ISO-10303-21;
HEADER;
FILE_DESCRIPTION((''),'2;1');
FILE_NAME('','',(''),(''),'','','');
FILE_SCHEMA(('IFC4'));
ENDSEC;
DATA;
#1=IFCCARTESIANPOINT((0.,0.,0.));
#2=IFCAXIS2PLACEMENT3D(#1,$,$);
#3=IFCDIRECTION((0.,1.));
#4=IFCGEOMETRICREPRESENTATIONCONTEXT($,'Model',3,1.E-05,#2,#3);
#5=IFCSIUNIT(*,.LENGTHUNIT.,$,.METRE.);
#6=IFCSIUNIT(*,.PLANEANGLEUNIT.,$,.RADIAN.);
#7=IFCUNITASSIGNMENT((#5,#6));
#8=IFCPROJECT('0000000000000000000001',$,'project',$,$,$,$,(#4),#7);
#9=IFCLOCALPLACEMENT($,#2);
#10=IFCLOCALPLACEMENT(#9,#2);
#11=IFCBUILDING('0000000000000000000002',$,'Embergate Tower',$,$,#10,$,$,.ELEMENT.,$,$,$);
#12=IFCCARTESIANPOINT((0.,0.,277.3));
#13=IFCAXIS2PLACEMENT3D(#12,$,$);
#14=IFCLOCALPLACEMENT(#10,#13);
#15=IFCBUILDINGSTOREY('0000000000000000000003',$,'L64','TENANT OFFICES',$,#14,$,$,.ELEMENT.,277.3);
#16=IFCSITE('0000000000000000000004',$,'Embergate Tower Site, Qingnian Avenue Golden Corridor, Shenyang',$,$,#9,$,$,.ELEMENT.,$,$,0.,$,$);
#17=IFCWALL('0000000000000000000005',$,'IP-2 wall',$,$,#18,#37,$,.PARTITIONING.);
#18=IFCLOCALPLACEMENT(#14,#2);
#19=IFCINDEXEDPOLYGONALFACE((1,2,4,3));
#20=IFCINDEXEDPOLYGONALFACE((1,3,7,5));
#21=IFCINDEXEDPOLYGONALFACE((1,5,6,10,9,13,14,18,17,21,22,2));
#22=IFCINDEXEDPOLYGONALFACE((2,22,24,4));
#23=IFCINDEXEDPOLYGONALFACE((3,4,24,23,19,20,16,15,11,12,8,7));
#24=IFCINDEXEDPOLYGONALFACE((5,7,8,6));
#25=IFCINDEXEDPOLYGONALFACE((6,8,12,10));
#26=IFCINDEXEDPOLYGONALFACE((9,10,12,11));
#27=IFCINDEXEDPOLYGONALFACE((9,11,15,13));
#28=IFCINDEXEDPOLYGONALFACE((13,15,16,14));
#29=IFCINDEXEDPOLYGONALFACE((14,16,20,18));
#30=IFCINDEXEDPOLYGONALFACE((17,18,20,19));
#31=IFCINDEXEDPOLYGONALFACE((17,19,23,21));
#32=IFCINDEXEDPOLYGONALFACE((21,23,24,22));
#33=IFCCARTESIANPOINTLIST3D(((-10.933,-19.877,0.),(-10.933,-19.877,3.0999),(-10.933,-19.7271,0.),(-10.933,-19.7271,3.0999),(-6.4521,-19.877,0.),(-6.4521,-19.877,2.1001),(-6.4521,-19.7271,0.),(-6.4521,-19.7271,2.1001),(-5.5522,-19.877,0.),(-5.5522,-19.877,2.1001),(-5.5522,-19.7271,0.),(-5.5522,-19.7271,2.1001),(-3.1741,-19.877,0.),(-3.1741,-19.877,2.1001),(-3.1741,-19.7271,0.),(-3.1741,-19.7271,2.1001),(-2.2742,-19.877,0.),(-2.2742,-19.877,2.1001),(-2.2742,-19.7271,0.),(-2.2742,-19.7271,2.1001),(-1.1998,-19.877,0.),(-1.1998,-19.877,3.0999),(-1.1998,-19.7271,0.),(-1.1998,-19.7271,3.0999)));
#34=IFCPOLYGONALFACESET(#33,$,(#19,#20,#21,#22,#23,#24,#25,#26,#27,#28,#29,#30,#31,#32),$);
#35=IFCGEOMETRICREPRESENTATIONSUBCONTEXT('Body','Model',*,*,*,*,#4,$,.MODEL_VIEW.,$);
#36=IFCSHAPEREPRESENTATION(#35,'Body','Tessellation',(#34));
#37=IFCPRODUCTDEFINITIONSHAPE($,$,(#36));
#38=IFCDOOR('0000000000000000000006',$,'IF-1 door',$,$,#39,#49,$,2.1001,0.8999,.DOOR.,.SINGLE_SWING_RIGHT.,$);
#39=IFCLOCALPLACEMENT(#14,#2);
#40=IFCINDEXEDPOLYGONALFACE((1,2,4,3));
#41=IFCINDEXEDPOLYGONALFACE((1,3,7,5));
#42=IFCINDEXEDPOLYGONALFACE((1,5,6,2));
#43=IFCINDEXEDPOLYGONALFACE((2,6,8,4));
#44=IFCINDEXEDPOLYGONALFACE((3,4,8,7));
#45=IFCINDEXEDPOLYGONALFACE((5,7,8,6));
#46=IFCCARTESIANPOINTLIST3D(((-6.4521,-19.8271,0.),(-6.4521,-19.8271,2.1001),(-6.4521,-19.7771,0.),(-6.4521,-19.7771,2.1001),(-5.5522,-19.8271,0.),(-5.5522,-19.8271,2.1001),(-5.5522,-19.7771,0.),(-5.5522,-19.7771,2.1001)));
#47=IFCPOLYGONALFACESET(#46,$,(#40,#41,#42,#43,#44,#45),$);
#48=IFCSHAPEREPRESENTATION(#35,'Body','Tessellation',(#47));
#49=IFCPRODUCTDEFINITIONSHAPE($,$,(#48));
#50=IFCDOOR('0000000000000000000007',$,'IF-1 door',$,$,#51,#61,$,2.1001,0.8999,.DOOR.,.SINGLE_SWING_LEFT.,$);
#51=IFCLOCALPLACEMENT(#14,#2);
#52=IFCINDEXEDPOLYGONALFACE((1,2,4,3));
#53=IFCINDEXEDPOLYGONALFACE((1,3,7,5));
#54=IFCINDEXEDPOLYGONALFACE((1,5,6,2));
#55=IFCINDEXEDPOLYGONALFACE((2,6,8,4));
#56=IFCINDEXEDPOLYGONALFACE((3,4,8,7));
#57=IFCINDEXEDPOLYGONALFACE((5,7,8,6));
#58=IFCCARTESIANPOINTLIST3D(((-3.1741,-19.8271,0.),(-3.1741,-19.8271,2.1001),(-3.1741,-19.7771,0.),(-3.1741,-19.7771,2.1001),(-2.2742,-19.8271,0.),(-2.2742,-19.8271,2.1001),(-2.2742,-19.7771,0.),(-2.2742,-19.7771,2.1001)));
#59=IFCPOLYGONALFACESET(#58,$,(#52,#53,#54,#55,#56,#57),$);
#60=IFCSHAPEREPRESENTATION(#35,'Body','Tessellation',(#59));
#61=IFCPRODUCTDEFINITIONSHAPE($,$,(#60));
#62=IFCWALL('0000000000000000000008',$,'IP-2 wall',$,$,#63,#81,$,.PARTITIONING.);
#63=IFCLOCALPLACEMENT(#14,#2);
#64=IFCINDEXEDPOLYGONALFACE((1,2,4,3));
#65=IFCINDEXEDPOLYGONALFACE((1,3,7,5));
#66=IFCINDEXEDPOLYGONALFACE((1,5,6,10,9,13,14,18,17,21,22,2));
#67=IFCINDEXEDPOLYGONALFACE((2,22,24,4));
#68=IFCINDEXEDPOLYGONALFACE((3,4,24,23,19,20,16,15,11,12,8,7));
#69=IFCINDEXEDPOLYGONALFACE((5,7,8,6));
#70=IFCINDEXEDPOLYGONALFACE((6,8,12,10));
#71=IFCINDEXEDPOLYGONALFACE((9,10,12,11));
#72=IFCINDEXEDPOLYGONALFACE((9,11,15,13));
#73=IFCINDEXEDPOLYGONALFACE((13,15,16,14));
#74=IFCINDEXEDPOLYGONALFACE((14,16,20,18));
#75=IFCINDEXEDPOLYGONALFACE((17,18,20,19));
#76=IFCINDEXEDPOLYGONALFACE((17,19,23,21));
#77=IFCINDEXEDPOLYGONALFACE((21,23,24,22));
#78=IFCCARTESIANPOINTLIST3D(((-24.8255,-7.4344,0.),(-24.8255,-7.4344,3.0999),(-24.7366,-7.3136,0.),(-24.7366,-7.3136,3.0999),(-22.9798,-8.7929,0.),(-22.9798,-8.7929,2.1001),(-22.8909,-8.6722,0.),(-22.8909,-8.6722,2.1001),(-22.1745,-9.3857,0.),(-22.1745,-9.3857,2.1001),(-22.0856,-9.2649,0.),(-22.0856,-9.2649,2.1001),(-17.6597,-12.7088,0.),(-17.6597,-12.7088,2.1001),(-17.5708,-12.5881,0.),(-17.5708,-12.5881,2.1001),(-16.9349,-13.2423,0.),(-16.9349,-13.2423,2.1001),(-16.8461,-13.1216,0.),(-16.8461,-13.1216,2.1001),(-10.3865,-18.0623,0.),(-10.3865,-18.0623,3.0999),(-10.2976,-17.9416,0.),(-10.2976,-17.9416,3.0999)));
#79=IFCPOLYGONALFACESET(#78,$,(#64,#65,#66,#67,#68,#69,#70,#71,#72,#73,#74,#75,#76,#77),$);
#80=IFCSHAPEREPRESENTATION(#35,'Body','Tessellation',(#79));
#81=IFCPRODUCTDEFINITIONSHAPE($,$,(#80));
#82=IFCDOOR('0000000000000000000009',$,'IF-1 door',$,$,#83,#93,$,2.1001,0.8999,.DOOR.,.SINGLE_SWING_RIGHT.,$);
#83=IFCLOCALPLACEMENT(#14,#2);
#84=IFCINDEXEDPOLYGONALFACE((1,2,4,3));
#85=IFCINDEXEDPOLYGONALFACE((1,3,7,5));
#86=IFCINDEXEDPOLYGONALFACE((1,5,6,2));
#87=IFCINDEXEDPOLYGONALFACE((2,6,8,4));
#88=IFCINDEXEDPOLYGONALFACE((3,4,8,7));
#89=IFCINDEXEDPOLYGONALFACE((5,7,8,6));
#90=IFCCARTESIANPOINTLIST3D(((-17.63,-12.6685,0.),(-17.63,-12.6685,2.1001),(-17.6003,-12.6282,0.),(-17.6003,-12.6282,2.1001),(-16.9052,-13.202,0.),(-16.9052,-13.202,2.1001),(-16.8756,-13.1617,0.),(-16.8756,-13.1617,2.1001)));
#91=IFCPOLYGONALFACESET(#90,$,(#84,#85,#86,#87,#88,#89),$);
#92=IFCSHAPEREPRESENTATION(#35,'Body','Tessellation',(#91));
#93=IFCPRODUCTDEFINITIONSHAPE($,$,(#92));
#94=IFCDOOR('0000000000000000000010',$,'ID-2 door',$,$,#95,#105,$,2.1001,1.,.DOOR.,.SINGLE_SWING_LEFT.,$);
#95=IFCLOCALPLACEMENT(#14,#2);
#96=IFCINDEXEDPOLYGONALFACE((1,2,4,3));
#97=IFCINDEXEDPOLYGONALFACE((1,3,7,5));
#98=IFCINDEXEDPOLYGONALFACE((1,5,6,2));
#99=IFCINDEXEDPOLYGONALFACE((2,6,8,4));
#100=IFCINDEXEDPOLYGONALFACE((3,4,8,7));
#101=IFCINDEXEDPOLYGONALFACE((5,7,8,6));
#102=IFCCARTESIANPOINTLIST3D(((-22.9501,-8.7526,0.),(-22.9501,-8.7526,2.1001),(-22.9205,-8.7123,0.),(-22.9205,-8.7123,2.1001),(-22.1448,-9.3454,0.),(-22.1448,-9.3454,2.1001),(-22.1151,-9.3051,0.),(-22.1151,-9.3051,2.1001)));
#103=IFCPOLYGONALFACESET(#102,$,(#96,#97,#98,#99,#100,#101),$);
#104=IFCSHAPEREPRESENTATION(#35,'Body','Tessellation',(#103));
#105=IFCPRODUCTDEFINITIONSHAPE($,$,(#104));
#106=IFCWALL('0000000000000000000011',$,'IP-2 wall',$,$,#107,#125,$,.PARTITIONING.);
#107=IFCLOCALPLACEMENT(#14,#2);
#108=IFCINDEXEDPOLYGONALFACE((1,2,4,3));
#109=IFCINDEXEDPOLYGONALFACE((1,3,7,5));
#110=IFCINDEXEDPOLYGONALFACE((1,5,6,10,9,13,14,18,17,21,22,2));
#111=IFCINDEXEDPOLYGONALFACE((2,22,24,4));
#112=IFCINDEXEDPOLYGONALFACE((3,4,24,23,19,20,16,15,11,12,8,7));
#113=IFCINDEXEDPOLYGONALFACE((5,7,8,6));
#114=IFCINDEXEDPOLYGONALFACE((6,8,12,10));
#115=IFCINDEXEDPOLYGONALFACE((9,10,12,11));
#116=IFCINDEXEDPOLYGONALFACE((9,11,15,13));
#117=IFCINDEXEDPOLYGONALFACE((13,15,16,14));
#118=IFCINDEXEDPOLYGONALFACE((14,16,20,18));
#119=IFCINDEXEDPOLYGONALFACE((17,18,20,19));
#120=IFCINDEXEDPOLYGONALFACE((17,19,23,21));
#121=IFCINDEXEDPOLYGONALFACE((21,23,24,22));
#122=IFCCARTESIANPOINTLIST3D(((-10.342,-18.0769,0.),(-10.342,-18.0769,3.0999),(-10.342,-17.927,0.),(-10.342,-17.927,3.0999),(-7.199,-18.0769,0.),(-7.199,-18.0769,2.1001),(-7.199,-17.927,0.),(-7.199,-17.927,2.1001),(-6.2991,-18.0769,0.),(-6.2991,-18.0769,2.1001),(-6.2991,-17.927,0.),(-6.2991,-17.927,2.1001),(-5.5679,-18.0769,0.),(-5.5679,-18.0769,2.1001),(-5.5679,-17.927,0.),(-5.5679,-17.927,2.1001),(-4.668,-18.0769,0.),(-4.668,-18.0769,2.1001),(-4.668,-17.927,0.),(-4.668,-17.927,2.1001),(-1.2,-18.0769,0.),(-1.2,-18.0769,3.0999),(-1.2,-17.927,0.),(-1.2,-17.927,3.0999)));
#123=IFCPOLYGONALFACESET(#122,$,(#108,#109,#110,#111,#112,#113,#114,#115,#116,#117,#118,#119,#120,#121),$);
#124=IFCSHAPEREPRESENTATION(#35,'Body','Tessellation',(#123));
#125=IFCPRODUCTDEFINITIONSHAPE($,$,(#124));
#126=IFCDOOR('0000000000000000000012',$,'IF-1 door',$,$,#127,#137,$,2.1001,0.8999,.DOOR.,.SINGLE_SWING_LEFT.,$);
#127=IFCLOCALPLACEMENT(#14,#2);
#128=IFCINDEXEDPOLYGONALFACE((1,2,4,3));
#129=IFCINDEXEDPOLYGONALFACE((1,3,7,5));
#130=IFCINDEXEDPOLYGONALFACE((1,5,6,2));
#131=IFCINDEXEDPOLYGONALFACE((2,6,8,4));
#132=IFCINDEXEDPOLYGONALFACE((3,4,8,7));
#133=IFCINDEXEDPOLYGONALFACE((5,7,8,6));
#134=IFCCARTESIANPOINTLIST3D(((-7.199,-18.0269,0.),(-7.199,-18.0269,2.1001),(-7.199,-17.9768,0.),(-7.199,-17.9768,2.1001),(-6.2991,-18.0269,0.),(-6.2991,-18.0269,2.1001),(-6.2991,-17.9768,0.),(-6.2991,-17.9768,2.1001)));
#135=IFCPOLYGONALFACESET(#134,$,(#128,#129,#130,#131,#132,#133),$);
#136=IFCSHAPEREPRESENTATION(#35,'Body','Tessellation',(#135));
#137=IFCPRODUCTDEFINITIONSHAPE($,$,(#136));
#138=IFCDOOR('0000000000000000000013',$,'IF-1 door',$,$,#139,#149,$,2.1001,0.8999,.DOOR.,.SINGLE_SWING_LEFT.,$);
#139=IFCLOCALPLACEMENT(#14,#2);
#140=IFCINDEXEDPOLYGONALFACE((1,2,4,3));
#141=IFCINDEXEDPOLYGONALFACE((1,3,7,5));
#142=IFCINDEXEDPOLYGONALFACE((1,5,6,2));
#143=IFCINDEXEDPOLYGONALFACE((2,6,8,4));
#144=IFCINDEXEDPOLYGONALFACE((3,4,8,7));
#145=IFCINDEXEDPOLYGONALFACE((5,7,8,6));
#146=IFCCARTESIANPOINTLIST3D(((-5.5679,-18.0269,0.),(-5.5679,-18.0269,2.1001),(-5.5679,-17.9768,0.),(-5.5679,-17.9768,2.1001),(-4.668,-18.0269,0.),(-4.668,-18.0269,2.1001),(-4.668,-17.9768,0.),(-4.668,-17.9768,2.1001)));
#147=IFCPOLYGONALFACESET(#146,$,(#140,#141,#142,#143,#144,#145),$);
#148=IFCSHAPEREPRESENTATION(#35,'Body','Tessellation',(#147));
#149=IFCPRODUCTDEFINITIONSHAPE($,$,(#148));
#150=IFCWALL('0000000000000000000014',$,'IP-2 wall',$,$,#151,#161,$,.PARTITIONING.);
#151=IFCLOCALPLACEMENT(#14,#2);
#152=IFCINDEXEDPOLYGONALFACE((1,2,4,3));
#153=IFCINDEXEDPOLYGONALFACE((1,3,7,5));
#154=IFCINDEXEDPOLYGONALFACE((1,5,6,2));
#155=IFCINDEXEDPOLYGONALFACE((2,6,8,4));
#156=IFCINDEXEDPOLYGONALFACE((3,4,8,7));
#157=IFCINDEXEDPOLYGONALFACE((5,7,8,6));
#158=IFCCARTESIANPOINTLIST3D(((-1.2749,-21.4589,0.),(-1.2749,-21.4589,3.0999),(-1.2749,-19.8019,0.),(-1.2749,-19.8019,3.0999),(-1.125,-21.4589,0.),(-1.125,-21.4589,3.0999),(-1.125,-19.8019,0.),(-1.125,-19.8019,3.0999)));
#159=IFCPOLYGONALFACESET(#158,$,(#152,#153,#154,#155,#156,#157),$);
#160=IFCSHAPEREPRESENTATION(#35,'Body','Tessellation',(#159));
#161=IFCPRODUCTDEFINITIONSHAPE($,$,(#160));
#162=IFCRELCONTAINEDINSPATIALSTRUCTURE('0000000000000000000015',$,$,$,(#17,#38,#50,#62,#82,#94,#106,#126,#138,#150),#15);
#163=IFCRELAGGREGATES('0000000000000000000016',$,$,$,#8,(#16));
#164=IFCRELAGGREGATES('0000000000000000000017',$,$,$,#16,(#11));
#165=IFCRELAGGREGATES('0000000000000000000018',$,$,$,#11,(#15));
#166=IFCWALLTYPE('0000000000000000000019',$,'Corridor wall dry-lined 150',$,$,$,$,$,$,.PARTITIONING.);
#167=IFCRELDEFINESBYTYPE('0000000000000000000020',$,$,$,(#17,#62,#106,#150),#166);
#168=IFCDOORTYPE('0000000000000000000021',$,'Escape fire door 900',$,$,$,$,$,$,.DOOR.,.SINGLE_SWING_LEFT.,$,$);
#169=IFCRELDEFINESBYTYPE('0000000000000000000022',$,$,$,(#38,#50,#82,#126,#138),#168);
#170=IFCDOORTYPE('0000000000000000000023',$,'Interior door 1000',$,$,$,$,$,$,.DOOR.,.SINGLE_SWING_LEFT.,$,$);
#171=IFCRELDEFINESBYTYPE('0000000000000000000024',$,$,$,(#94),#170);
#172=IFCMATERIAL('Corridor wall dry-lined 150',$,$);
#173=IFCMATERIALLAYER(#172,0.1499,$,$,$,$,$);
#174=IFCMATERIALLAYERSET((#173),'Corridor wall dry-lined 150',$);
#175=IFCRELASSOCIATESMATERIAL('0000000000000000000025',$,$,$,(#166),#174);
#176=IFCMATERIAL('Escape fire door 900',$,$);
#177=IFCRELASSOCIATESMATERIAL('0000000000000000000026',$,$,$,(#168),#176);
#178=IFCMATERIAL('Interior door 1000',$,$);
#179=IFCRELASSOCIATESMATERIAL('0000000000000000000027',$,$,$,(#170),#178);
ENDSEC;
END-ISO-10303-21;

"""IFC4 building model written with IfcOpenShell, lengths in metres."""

from ifc_helpers import new_model, si_unit, direction, frame, frame_2d, origin, place, context, subcontext, project, spatial, rectangle, extrude, source, transform, mapped, material, layer, layer_set, type_object, element, fill, save


model = new_model("IFC4")

# Units and contexts
model_context = context("Model", 3, precision=1e-05, world=origin(), true_north=direction((0.0, 1.0)))
body_context = subcontext(model_context, "Body", "Model", "MODEL_VIEW")
ifc_project = project(units=[si_unit("LENGTHUNIT", "METRE"), si_unit("PLANEANGLEUNIT", "RADIAN")], contexts=[model_context])

# Site, building, storey
site_placement = place(None, origin())
site = spatial("IfcSite", under=ifc_project, at=site_placement, Name="Embergate Tower Site, Qingnian Avenue Golden Corridor, Shenyang", CompositionType="ELEMENT", RefElevation=0.0)
building_placement = place(site_placement, origin())
building = spatial("IfcBuilding", under=site, at=building_placement, Name="Embergate Tower", CompositionType="ELEMENT")
storey_placement = place(building_placement, frame((0.0, 0.0, 277.3)))
storey = spatial("IfcBuildingStorey", under=building, at=storey_placement, Name="L64", Description="TENANT OFFICES", CompositionType="ELEMENT", Elevation=277.3)

# Walls, openings, doors
ifc_material_1 = material(Name="Corridor wall dry-lined 150")
ifc_layer_1 = layer(ifc_material_1, 0.1499)
ifc_layer_set_1 = layer_set([ifc_layer_1], Name="Corridor wall dry-lined 150")
wall_type_1 = type_object("IfcWallType", Name="Corridor wall dry-lined 150", PredefinedType="PARTITIONING", material=ifc_layer_set_1)
shared_shape_1 = source(origin(), body_context, "Body", "SweptSolid", [
    extrude(rectangle(XDim=9.7332, YDim=0.1499, at=frame_2d((4.8667, 0.0))), origin(), (0.0, 0.0, 1.0), 3.0999),
])
wall_1_placement = place(storey_placement, frame((-10.9331, -19.802, 0.0), z_axis=(0.0, 0.0, 1.0), x_axis=(1.0, 0.0, 0.0)))
wall_1 = element("IfcWall", 1, at=wall_1_placement, inside=storey, type_object=wall_type_1, Name="IP-2 wall", PredefinedType="PARTITIONING", context=body_context, shape_type="MappedRepresentation", body=[
    mapped(shared_shape_1, transform((0.0, 0.0, 0.0))),
])
shared_shape_2 = source(origin(), body_context, "Body", "SweptSolid", [
    extrude(rectangle(XDim=0.8999, YDim=2.1001, at=frame_2d((0.45, 1.05))), frame((0.0, 0.085, 0.0), z_axis=(0.0, -1.0, 0.0), x_axis=(1.0, 0.0, 0.0)), (0.0, 0.0, 1.0), 0.1699),
])
opening_1_placement = place(wall_1_placement, frame((4.481, 0.0, 0.0)))
opening_1 = element("IfcOpeningElement", 2, at=opening_1_placement, cuts=wall_1, PredefinedType="OPENING", context=body_context, shape_type="MappedRepresentation", body=[
    mapped(shared_shape_2, transform((0.0, 0.0, 0.0))),
])
opening_2_placement = place(wall_1_placement, frame((7.759, 0.0, 0.0)))
opening_2 = element("IfcOpeningElement", 3, at=opening_2_placement, cuts=wall_1, PredefinedType="OPENING", context=body_context, shape_type="MappedRepresentation", body=[
    mapped(shared_shape_2, transform((0.0, 0.0, 0.0))),
])
ifc_material_2 = material(Name="Escape fire door 900")
door_type_1 = type_object("IfcDoorType", Name="Escape fire door 900", OperationType="SINGLE_SWING_LEFT", PredefinedType="DOOR", material=ifc_material_2)
shared_shape_3 = source(origin(), body_context, "Body", "SweptSolid", [
    extrude(rectangle(XDim=0.8999, YDim=2.1001, at=frame_2d((0.45, 1.05))), frame((0.0, 0.0249, 0.0), z_axis=(0.0, -1.0, 0.0), x_axis=(1.0, 0.0, 0.0)), (0.0, 0.0, 1.0), 0.05),
])
door_1_placement = place(opening_1_placement, origin())
door_1 = element("IfcDoor", 4, at=door_1_placement, inside=storey, type_object=door_type_1, Name="IF-1 door", OperationType="SINGLE_SWING_RIGHT", OverallHeight=2.1001, OverallWidth=0.8999, PredefinedType="DOOR", context=body_context, shape_type="MappedRepresentation", body=[
    mapped(shared_shape_3, transform((0.0, 0.0, 0.0))),
])
fill(opening_1, door_1)
door_2_placement = place(opening_2_placement, origin())
door_2 = element("IfcDoor", 5, at=door_2_placement, inside=storey, type_object=door_type_1, Name="IF-1 door", OperationType="SINGLE_SWING_LEFT", OverallHeight=2.1001, OverallWidth=0.8999, PredefinedType="DOOR", context=body_context, shape_type="MappedRepresentation", body=[
    mapped(shared_shape_3, transform((0.0, 0.0, 0.0))),
])
fill(opening_2, door_2)
shared_shape_4 = source(origin(), body_context, "Body", "SweptSolid", [
    extrude(rectangle(XDim=17.9287, YDim=0.1499, at=frame_2d((8.9644, 0.0))), origin(), (0.0, 0.0, 1.0), 3.0999),
])
wall_2_placement = place(storey_placement, frame((-10.342, -18.002, 0.0), z_axis=(0.0, 0.0, 1.0), x_axis=(-0.805357, 0.59279, 0.0)))
wall_2 = element("IfcWall", 6, at=wall_2_placement, inside=storey, type_object=wall_type_1, Name="IP-2 wall", PredefinedType="PARTITIONING", context=body_context, shape_type="MappedRepresentation", body=[
    mapped(shared_shape_4, transform((0.0, 0.0, 0.0))),
])
opening_3_placement = place(wall_2_placement, frame((8.1311, 0.0, 0.0)))
opening_3 = element("IfcOpeningElement", 7, at=opening_3_placement, cuts=wall_2, PredefinedType="OPENING", context=body_context, shape_type="MappedRepresentation", body=[
    mapped(shared_shape_2, transform((0.0, 0.0, 0.0))),
])
shared_shape_5 = source(origin(), body_context, "Body", "SweptSolid", [
    extrude(rectangle(XDim=1.0, YDim=2.1001, at=frame_2d((0.5, 1.05))), frame((0.0, 0.085, 0.0), z_axis=(0.0, -1.0, 0.0), x_axis=(1.0, 0.0, 0.0)), (0.0, 0.0, 1.0), 0.1699),
])
opening_4_placement = place(wall_2_placement, frame((14.637, 0.0, 0.0)))
opening_4 = element("IfcOpeningElement", 8, at=opening_4_placement, cuts=wall_2, PredefinedType="OPENING", context=body_context, shape_type="MappedRepresentation", body=[
    mapped(shared_shape_5, transform((0.0, 0.0, 0.0))),
])
door_3_placement = place(opening_3_placement, origin())
door_3 = element("IfcDoor", 9, at=door_3_placement, inside=storey, type_object=door_type_1, Name="IF-1 door", OperationType="SINGLE_SWING_RIGHT", OverallHeight=2.1001, OverallWidth=0.8999, PredefinedType="DOOR", context=body_context, shape_type="MappedRepresentation", body=[
    mapped(shared_shape_3, transform((0.0, 0.0, 0.0))),
])
fill(opening_3, door_3)
ifc_material_3 = material(Name="Interior door 1000")
door_type_2 = type_object("IfcDoorType", Name="Interior door 1000", OperationType="SINGLE_SWING_LEFT", PredefinedType="DOOR", material=ifc_material_3)
shared_shape_6 = source(origin(), body_context, "Body", "SweptSolid", [
    extrude(rectangle(XDim=1.0, YDim=2.1001, at=frame_2d((0.5, 1.05))), frame((0.0, 0.0249, 0.0), z_axis=(0.0, -1.0, 0.0), x_axis=(1.0, 0.0, 0.0)), (0.0, 0.0, 1.0), 0.05),
])
door_4_placement = place(opening_4_placement, origin())
door_4 = element("IfcDoor", 10, at=door_4_placement, inside=storey, type_object=door_type_2, Name="ID-2 door", OperationType="SINGLE_SWING_LEFT", OverallHeight=2.1001, OverallWidth=1.0, PredefinedType="DOOR", context=body_context, shape_type="MappedRepresentation", body=[
    mapped(shared_shape_6, transform((0.0, 0.0, 0.0))),
])
fill(opening_4, door_4)
shared_shape_7 = source(origin(), body_context, "Body", "SweptSolid", [
    extrude(rectangle(XDim=9.1421, YDim=0.1499, at=frame_2d((4.571, 0.0))), origin(), (0.0, 0.0, 1.0), 3.0999),
])
wall_3_placement = place(storey_placement, frame((-1.2, -18.002, 0.0), z_axis=(0.0, 0.0, 1.0), x_axis=(-1.0, 0.0, 0.0)))
wall_3 = element("IfcWall", 11, at=wall_3_placement, inside=storey, type_object=wall_type_1, Name="IP-2 wall", PredefinedType="PARTITIONING", context=body_context, shape_type="MappedRepresentation", body=[
    mapped(shared_shape_7, transform((0.0, 0.0, 0.0))),
])
opening_5_placement = place(wall_3_placement, frame((5.0991, 0.0, 0.0)))
opening_5 = element("IfcOpeningElement", 12, at=opening_5_placement, cuts=wall_3, PredefinedType="OPENING", context=body_context, shape_type="MappedRepresentation", body=[
    mapped(shared_shape_2, transform((0.0, 0.0, 0.0))),
])
opening_6_placement = place(wall_3_placement, frame((3.468, 0.0, 0.0)))
opening_6 = element("IfcOpeningElement", 13, at=opening_6_placement, cuts=wall_3, PredefinedType="OPENING", context=body_context, shape_type="MappedRepresentation", body=[
    mapped(shared_shape_2, transform((0.0, 0.0, 0.0))),
])
door_5_placement = place(opening_5_placement, origin())
door_5 = element("IfcDoor", 14, at=door_5_placement, inside=storey, type_object=door_type_1, Name="IF-1 door", OperationType="SINGLE_SWING_LEFT", OverallHeight=2.1001, OverallWidth=0.8999, PredefinedType="DOOR", context=body_context, shape_type="MappedRepresentation", body=[
    mapped(shared_shape_3, transform((0.0, 0.0, 0.0))),
])
fill(opening_5, door_5)
door_6_placement = place(opening_6_placement, origin())
door_6 = element("IfcDoor", 15, at=door_6_placement, inside=storey, type_object=door_type_1, Name="IF-1 door", OperationType="SINGLE_SWING_LEFT", OverallHeight=2.1001, OverallWidth=0.8999, PredefinedType="DOOR", context=body_context, shape_type="MappedRepresentation", body=[
    mapped(shared_shape_3, transform((0.0, 0.0, 0.0))),
])
fill(opening_6, door_6)

# Wall
shared_shape_8 = source(origin(), body_context, "Body", "SweptSolid", [
    extrude(rectangle(XDim=1.657, YDim=0.1499, at=frame_2d((0.8286, 0.0))), origin(), (0.0, 0.0, 1.0), 3.0999),
])
wall_4_placement = place(storey_placement, frame((-1.2, -21.459, 0.0), z_axis=(0.0, 0.0, 1.0), x_axis=(0.0, 1.0, 0.0)))
element("IfcWall", 16, at=wall_4_placement, inside=storey, type_object=wall_type_1, Name="IP-2 wall", PredefinedType="PARTITIONING", context=body_context, shape_type="MappedRepresentation", body=[
    mapped(shared_shape_8, transform((0.0, 0.0, 0.0))),
])

save(model, "model.ifc")
